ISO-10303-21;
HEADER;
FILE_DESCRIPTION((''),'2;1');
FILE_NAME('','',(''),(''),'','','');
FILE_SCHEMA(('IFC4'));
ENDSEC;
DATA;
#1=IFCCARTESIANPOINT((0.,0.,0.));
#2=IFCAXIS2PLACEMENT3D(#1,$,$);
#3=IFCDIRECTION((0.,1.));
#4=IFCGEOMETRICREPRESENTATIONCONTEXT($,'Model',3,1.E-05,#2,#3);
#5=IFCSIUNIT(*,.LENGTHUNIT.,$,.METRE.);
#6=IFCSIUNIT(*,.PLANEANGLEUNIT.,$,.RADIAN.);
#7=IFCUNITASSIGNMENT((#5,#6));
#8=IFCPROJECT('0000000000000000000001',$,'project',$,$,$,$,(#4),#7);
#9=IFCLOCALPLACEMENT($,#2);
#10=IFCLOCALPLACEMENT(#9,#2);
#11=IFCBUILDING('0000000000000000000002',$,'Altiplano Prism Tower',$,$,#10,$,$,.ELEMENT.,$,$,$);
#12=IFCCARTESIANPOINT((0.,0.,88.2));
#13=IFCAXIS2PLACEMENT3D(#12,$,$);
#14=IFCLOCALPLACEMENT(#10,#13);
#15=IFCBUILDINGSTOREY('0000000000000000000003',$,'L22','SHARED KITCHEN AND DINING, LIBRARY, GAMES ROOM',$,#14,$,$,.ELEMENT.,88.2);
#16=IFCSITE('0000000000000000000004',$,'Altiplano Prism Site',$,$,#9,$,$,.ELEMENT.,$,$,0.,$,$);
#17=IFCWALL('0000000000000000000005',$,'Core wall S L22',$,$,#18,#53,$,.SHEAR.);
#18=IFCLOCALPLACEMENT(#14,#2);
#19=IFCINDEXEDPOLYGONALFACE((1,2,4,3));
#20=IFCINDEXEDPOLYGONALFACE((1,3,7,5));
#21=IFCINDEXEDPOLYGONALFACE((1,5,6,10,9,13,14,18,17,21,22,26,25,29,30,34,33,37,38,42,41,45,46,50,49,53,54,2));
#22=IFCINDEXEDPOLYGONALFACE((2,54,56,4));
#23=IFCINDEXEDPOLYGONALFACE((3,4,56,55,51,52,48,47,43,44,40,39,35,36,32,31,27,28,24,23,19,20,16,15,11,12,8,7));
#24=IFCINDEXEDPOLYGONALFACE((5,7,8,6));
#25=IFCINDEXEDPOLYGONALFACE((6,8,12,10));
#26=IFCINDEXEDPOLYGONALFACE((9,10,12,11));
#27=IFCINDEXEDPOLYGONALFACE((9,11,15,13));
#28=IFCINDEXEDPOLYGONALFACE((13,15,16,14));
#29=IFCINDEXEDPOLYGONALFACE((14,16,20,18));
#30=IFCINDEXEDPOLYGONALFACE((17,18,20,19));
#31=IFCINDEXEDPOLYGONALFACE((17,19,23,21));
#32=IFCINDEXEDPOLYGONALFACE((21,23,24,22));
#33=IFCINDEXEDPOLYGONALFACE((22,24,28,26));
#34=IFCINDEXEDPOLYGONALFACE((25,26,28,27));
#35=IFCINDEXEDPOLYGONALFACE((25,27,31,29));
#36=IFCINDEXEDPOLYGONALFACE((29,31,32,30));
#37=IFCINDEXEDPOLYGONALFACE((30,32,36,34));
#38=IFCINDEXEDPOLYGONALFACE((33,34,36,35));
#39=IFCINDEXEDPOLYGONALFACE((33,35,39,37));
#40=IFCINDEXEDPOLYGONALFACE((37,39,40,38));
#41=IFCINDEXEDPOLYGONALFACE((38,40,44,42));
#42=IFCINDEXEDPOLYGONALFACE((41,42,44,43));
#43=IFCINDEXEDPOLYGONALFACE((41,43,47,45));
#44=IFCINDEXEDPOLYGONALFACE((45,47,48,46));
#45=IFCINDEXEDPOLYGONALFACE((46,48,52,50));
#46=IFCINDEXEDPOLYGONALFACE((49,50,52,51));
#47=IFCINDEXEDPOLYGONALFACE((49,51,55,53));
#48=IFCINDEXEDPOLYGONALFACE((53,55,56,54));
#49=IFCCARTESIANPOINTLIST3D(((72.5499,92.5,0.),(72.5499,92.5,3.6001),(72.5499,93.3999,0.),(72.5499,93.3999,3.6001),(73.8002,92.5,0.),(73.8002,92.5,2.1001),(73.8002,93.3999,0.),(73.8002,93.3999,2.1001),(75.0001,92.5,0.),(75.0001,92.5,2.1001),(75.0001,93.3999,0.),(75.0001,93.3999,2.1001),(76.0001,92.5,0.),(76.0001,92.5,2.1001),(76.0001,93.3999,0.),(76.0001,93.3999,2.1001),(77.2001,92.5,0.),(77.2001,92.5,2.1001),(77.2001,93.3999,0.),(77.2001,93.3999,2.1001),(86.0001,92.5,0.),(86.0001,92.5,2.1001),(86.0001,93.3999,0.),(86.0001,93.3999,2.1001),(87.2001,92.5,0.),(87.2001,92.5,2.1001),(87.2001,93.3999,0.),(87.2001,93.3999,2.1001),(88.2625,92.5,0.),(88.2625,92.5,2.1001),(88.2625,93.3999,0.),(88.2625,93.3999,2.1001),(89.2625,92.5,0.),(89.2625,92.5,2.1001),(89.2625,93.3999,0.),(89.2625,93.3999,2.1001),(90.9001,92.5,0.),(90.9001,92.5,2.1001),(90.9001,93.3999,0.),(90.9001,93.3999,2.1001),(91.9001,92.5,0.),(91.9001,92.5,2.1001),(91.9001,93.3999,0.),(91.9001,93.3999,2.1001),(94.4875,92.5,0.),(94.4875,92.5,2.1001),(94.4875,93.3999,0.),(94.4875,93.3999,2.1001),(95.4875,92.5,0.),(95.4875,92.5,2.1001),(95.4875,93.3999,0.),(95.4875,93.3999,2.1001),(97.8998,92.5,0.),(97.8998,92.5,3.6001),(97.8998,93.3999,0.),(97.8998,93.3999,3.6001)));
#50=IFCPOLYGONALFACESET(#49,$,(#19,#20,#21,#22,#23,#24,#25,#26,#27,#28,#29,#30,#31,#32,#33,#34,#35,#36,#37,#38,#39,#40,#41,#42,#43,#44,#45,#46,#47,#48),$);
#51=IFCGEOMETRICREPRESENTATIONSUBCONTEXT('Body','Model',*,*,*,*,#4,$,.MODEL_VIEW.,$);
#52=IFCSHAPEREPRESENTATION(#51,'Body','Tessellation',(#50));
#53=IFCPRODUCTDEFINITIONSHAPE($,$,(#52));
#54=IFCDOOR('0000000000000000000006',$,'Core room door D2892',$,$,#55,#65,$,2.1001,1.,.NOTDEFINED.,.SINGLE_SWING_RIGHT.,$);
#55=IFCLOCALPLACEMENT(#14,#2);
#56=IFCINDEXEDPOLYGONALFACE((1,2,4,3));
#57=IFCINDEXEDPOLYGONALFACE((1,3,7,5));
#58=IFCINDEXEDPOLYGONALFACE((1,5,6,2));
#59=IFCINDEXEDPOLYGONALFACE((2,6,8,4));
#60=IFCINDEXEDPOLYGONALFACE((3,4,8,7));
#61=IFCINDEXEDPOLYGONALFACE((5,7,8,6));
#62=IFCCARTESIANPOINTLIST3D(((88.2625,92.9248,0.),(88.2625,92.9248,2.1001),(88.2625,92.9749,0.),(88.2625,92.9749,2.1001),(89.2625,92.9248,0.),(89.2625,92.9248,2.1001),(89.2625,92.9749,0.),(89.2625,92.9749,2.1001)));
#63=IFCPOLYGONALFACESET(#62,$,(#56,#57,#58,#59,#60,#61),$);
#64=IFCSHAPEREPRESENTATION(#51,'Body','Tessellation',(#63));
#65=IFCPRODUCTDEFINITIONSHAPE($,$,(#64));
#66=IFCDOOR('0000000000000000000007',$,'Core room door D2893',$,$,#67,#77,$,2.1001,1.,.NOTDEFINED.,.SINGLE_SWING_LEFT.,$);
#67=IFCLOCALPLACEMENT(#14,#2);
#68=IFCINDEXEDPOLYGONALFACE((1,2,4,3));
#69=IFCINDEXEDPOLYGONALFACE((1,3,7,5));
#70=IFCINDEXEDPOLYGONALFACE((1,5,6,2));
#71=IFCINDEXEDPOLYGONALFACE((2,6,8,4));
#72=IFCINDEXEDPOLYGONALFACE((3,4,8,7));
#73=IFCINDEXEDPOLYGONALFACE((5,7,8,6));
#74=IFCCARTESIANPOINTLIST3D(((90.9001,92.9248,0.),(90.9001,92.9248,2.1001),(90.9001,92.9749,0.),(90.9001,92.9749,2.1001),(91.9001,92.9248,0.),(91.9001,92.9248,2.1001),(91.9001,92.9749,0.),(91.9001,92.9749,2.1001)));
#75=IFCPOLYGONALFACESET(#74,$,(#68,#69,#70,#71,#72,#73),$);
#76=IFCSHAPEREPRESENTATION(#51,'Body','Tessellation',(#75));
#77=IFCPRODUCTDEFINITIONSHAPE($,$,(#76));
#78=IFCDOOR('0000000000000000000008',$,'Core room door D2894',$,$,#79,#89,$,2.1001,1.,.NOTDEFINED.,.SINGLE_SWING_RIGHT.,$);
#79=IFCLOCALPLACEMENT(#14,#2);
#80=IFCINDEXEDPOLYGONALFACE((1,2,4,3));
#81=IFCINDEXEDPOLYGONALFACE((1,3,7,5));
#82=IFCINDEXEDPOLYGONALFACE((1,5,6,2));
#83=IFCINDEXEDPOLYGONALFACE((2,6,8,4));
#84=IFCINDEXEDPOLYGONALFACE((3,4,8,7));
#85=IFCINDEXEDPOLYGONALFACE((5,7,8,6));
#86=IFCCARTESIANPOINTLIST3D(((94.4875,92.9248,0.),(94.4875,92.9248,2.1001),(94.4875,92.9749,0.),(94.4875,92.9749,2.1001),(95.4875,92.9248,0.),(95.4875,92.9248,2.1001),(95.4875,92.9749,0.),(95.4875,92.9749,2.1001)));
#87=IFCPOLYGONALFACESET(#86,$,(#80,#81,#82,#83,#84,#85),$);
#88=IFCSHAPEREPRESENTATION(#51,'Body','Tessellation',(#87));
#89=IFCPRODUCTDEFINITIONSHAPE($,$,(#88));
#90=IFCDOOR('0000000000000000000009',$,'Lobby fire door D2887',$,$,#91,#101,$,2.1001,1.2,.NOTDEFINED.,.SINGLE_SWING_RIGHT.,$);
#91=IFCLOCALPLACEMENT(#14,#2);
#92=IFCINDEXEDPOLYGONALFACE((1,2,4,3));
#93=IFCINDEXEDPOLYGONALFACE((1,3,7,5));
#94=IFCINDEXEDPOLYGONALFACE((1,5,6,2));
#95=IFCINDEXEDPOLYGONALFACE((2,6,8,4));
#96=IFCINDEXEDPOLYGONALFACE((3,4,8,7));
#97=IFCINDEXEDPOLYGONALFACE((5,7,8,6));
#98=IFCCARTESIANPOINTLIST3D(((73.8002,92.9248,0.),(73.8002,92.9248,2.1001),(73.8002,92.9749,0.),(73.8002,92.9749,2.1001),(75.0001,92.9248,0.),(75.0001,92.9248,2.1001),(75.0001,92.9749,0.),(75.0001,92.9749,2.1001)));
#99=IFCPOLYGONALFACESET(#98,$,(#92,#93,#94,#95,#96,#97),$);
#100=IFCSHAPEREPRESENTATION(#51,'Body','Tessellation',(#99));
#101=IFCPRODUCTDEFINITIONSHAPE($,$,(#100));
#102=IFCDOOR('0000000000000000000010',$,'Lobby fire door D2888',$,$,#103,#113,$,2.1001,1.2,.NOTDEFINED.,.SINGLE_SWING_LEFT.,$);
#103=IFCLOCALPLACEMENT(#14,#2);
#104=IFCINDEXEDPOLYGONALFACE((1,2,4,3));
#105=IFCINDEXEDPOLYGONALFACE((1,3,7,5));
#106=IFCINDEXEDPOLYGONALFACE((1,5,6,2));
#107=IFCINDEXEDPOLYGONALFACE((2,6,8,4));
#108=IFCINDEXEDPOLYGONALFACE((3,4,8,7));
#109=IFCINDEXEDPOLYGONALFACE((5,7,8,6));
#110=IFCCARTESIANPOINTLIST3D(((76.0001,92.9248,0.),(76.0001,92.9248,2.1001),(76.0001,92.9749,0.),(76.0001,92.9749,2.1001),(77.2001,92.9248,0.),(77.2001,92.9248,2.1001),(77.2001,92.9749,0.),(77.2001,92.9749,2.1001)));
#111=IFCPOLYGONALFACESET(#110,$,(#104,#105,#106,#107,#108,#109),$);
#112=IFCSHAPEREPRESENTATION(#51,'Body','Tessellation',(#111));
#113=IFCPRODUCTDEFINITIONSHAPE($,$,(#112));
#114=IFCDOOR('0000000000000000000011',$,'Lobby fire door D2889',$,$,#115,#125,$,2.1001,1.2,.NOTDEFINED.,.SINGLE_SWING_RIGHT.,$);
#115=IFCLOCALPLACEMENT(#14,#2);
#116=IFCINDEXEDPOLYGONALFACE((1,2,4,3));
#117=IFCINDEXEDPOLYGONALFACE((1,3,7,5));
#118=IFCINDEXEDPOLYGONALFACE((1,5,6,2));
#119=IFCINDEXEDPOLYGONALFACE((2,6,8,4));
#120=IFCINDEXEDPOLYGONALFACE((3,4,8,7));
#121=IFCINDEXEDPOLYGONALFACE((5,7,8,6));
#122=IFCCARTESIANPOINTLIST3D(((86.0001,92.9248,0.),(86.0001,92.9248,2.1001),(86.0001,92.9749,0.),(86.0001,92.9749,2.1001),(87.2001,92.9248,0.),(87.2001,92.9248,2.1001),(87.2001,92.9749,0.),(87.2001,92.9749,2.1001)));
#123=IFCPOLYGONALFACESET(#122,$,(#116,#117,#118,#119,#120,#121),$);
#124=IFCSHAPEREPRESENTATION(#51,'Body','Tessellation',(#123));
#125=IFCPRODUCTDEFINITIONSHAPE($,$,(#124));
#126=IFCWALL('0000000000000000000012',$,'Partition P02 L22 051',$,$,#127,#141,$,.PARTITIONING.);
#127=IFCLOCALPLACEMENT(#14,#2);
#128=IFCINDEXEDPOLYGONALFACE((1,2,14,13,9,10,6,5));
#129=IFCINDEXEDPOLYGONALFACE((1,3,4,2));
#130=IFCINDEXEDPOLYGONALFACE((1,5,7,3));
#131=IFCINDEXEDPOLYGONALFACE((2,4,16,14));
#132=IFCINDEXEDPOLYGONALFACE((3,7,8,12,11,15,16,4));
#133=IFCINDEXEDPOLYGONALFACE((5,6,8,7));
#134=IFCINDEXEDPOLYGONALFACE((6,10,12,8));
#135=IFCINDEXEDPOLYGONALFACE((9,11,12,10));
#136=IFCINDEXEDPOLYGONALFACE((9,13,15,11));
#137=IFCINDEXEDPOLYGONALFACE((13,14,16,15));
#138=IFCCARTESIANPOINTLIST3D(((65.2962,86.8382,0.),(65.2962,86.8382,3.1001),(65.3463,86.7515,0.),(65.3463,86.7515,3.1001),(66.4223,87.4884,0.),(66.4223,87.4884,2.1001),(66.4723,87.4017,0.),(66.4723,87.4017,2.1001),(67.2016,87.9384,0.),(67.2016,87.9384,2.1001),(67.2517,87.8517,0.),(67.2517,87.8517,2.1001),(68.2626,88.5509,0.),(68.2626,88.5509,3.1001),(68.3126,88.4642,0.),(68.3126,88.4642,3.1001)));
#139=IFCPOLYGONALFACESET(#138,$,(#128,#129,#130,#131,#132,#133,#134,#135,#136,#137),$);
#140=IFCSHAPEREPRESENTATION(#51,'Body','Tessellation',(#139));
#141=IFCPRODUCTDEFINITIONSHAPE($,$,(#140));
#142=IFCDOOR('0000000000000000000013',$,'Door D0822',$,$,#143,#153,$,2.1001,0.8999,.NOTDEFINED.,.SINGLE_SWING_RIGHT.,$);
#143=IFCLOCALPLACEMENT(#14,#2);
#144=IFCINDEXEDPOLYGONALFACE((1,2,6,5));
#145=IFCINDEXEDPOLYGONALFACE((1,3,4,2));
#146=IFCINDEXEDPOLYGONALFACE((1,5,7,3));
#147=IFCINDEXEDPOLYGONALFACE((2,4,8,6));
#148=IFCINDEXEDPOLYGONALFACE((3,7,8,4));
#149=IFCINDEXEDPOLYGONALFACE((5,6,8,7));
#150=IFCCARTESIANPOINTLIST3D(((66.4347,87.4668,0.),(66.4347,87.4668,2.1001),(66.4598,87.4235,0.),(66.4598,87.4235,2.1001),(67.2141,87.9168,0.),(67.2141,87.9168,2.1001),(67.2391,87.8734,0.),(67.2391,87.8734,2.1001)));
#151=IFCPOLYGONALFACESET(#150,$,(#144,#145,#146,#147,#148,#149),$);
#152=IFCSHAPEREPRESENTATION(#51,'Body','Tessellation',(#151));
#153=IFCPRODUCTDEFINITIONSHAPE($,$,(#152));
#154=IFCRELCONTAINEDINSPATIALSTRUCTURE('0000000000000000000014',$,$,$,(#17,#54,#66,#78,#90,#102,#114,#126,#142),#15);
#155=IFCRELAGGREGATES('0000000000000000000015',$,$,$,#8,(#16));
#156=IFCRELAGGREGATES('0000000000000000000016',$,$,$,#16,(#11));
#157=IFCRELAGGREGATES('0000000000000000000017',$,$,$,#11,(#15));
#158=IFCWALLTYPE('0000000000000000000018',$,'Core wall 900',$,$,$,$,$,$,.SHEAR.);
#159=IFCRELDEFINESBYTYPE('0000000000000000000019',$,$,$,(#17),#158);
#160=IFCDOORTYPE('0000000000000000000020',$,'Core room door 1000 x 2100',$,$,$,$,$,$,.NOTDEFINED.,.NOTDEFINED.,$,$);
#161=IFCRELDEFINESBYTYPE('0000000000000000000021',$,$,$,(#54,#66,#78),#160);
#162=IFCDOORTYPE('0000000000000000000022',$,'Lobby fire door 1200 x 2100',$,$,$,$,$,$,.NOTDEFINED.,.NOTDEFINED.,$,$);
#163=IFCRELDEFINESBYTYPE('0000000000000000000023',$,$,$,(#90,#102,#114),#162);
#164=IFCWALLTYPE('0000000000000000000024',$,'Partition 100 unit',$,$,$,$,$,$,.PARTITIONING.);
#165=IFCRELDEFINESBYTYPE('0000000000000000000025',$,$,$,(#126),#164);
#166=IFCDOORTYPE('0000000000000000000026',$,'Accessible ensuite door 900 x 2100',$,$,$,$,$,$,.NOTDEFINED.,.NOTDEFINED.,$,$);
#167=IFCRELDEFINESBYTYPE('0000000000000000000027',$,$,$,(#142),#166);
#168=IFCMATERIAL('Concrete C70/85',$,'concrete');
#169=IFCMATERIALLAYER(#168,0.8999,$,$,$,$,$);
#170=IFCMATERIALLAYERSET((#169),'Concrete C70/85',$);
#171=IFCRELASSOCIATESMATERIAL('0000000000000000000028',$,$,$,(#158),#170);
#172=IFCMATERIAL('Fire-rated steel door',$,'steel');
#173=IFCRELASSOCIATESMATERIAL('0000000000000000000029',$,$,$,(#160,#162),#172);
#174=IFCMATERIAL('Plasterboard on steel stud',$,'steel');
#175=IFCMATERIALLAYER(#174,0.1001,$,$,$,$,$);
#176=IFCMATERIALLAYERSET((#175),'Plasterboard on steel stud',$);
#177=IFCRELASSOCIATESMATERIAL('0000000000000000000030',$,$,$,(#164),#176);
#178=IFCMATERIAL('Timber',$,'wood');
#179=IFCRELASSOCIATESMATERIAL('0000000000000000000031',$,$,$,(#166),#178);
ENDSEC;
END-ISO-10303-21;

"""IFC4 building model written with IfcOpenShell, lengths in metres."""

from ifc_helpers import new_model, si_unit, direction, frame, frame_2d, origin, place, context, subcontext, project, spatial, rectangle, extrude, material, layer, layer_set, type_object, element, fill, save


model = new_model("IFC4")

# Units and contexts
model_context = context("Model", 3, precision=1e-05, world=origin(), true_north=direction((0.0, 1.0)))
body_context = subcontext(model_context, "Body", "Model", "MODEL_VIEW")
ifc_project = project(units=[si_unit("LENGTHUNIT", "METRE"), si_unit("PLANEANGLEUNIT", "RADIAN")], contexts=[model_context])

# Site, building, storey
site_placement = place(None, origin())
site = spatial("IfcSite", under=ifc_project, at=site_placement, Name="Altiplano Prism Site", CompositionType="ELEMENT", RefElevation=0.0)
building_placement = place(site_placement, origin())
building = spatial("IfcBuilding", under=site, at=building_placement, Name="Altiplano Prism Tower", CompositionType="ELEMENT")
storey_placement = place(building_placement, frame((0.0, 0.0, 88.2)))
storey = spatial("IfcBuildingStorey", under=building, at=storey_placement, Name="L22", Description="SHARED KITCHEN AND DINING, LIBRARY, GAMES ROOM", CompositionType="ELEMENT", Elevation=88.2)

# Wall, openings, doors
ifc_material_1 = material(Name="Concrete C70/85", Category="concrete")
ifc_layer_1 = layer(ifc_material_1, 0.8999)
ifc_layer_set_1 = layer_set([ifc_layer_1], Name="Concrete C70/85")
wall_type_1 = type_object("IfcWallType", Name="Core wall 900", PredefinedType="SHEAR", material=ifc_layer_set_1)
wall_1_placement = place(storey_placement, frame((72.55, 92.95, 0.0), z_axis=(0.0, 0.0, 1.0), x_axis=(1.0, 0.0, 0.0)))
wall_1 = element("IfcWall", 1, at=wall_1_placement, inside=storey, type_object=wall_type_1, Name="Core wall S L22", PredefinedType="SHEAR", context=body_context, shape_type="SweptSolid", body=[
    extrude(rectangle(XDim=25.3499, YDim=0.8999, at=frame_2d((12.6748, 0.0))), origin(), (0.0, 0.0, 1.0), 3.6001),
])
opening_1_placement = place(wall_1_placement, frame((1.25, 0.0, 0.0)))
opening_1 = element("IfcOpeningElement", 2, at=opening_1_placement, cuts=wall_1, PredefinedType="OPENING", context=body_context, shape_type="SweptSolid", body=[
    extrude(rectangle(XDim=1.2, YDim=2.1001, at=frame_2d((0.6001, 1.05))), frame((0.0, 0.4604, 0.0), z_axis=(0.0, -1.0, 0.0), x_axis=(1.0, 0.0, 0.0)), (0.0, 0.0, 1.0), 0.9209),
])
opening_2_placement = place(wall_1_placement, frame((3.45, 0.0, 0.0)))
opening_2 = element("IfcOpeningElement", 3, at=opening_2_placement, cuts=wall_1, PredefinedType="OPENING", context=body_context, shape_type="SweptSolid", body=[
    extrude(rectangle(XDim=1.2, YDim=2.1001, at=frame_2d((0.6001, 1.05))), frame((0.0, 0.4604, 0.0), z_axis=(0.0, -1.0, 0.0), x_axis=(1.0, 0.0, 0.0)), (0.0, 0.0, 1.0), 0.9209),
])
opening_3_placement = place(wall_1_placement, frame((13.45, 0.0, 0.0)))
opening_3 = element("IfcOpeningElement", 4, at=opening_3_placement, cuts=wall_1, PredefinedType="OPENING", context=body_context, shape_type="SweptSolid", body=[
    extrude(rectangle(XDim=1.2, YDim=2.1001, at=frame_2d((0.6001, 1.05))), frame((0.0, 0.4604, 0.0), z_axis=(0.0, -1.0, 0.0), x_axis=(1.0, 0.0, 0.0)), (0.0, 0.0, 1.0), 0.9209),
])
opening_4_placement = place(wall_1_placement, frame((15.7124, 0.0, 0.0)))
opening_4 = element("IfcOpeningElement", 5, at=opening_4_placement, cuts=wall_1, PredefinedType="OPENING", context=body_context, shape_type="SweptSolid", body=[
    extrude(rectangle(XDim=1.0, YDim=2.1001, at=frame_2d((0.5, 1.05))), frame((0.0, 0.4604, 0.0), z_axis=(0.0, -1.0, 0.0), x_axis=(1.0, 0.0, 0.0)), (0.0, 0.0, 1.0), 0.9209),
])
opening_5_placement = place(wall_1_placement, frame((18.3501, 0.0, 0.0)))
opening_5 = element("IfcOpeningElement", 6, at=opening_5_placement, cuts=wall_1, PredefinedType="OPENING", context=body_context, shape_type="SweptSolid", body=[
    extrude(rectangle(XDim=1.0, YDim=2.1001, at=frame_2d((0.5, 1.05))), frame((0.0, 0.4604, 0.0), z_axis=(0.0, -1.0, 0.0), x_axis=(1.0, 0.0, 0.0)), (0.0, 0.0, 1.0), 0.9209),
])
opening_6_placement = place(wall_1_placement, frame((21.9375, 0.0, 0.0)))
opening_6 = element("IfcOpeningElement", 7, at=opening_6_placement, cuts=wall_1, PredefinedType="OPENING", context=body_context, shape_type="SweptSolid", body=[
    extrude(rectangle(XDim=1.0, YDim=2.1001, at=frame_2d((0.5, 1.05))), frame((0.0, 0.4604, 0.0), z_axis=(0.0, -1.0, 0.0), x_axis=(1.0, 0.0, 0.0)), (0.0, 0.0, 1.0), 0.9209),
])
ifc_material_2 = material(Name="Fire-rated steel door", Category="steel")
door_type_1 = type_object("IfcDoorType", Name="Core room door 1000 x 2100", OperationType="NOTDEFINED", PredefinedType="NOTDEFINED", material=ifc_material_2)
door_1_placement = place(opening_4_placement, origin())
door_1 = element("IfcDoor", 8, at=door_1_placement, inside=storey, type_object=door_type_1, Name="Core room door D2892", OperationType="SINGLE_SWING_RIGHT", OverallHeight=2.1001, OverallWidth=1.0, PredefinedType="NOTDEFINED", context=body_context, shape_type="SweptSolid", body=[
    extrude(rectangle(XDim=1.0, YDim=2.1001, at=frame_2d((0.5, 1.05))), frame((0.0, 0.0249, 0.0), z_axis=(0.0, -1.0, 0.0), x_axis=(1.0, 0.0, 0.0)), (0.0, 0.0, 1.0), 0.05),
])
fill(opening_4, door_1)
door_2_placement = place(opening_5_placement, origin())
door_2 = element("IfcDoor", 9, at=door_2_placement, inside=storey, type_object=door_type_1, Name="Core room door D2893", OperationType="SINGLE_SWING_LEFT", OverallHeight=2.1001, OverallWidth=1.0, PredefinedType="NOTDEFINED", context=body_context, shape_type="SweptSolid", body=[
    extrude(rectangle(XDim=1.0, YDim=2.1001, at=frame_2d((0.5, 1.05))), frame((0.0, 0.0249, 0.0), z_axis=(0.0, -1.0, 0.0), x_axis=(1.0, 0.0, 0.0)), (0.0, 0.0, 1.0), 0.05),
])
fill(opening_5, door_2)
door_3_placement = place(opening_6_placement, origin())
door_3 = element("IfcDoor", 10, at=door_3_placement, inside=storey, type_object=door_type_1, Name="Core room door D2894", OperationType="SINGLE_SWING_RIGHT", OverallHeight=2.1001, OverallWidth=1.0, PredefinedType="NOTDEFINED", context=body_context, shape_type="SweptSolid", body=[
    extrude(rectangle(XDim=1.0, YDim=2.1001, at=frame_2d((0.5, 1.05))), frame((0.0, 0.0249, 0.0), z_axis=(0.0, -1.0, 0.0), x_axis=(1.0, 0.0, 0.0)), (0.0, 0.0, 1.0), 0.05),
])
fill(opening_6, door_3)
door_type_2 = type_object("IfcDoorType", Name="Lobby fire door 1200 x 2100", OperationType="NOTDEFINED", PredefinedType="NOTDEFINED", material=ifc_material_2)
door_4_placement = place(opening_1_placement, origin())
door_4 = element("IfcDoor", 11, at=door_4_placement, inside=storey, type_object=door_type_2, Name="Lobby fire door D2887", OperationType="SINGLE_SWING_RIGHT", OverallHeight=2.1001, OverallWidth=1.2, PredefinedType="NOTDEFINED", context=body_context, shape_type="SweptSolid", body=[
    extrude(rectangle(XDim=1.2, YDim=2.1001, at=frame_2d((0.6001, 1.05))), frame((0.0, 0.0249, 0.0), z_axis=(0.0, -1.0, 0.0), x_axis=(1.0, 0.0, 0.0)), (0.0, 0.0, 1.0), 0.05),
])
fill(opening_1, door_4)
door_5_placement = place(opening_2_placement, origin())
door_5 = element("IfcDoor", 12, at=door_5_placement, inside=storey, type_object=door_type_2, Name="Lobby fire door D2888", OperationType="SINGLE_SWING_LEFT", OverallHeight=2.1001, OverallWidth=1.2, PredefinedType="NOTDEFINED", context=body_context, shape_type="SweptSolid", body=[
    extrude(rectangle(XDim=1.2, YDim=2.1001, at=frame_2d((0.6001, 1.05))), frame((0.0, 0.0249, 0.0), z_axis=(0.0, -1.0, 0.0), x_axis=(1.0, 0.0, 0.0)), (0.0, 0.0, 1.0), 0.05),
])
fill(opening_2, door_5)
door_6_placement = place(opening_3_placement, origin())
door_6 = element("IfcDoor", 13, at=door_6_placement, inside=storey, type_object=door_type_2, Name="Lobby fire door D2889", OperationType="SINGLE_SWING_RIGHT", OverallHeight=2.1001, OverallWidth=1.2, PredefinedType="NOTDEFINED", context=body_context, shape_type="SweptSolid", body=[
    extrude(rectangle(XDim=1.2, YDim=2.1001, at=frame_2d((0.6001, 1.05))), frame((0.0, 0.0249, 0.0), z_axis=(0.0, -1.0, 0.0), x_axis=(1.0, 0.0, 0.0)), (0.0, 0.0, 1.0), 0.05),
])
fill(opening_3, door_6)

# Wall, opening, door
ifc_material_3 = material(Name="Plasterboard on steel stud", Category="steel")
ifc_layer_2 = layer(ifc_material_3, 0.1001)
ifc_layer_set_2 = layer_set([ifc_layer_2], Name="Plasterboard on steel stud")
wall_type_2 = type_object("IfcWallType", Name="Partition 100 unit", PredefinedType="PARTITIONING", material=ifc_layer_set_2)
wall_2_placement = place(storey_placement, frame((68.2876, 88.5076, 0.0), z_axis=(0.0, 0.0, 1.0), x_axis=(-0.866019, -0.50001, 0.0)))
wall_2 = element("IfcWall", 14, at=wall_2_placement, inside=storey, type_object=wall_type_2, Name="Partition P02 L22 051", PredefinedType="PARTITIONING", context=body_context, shape_type="SweptSolid", body=[
    extrude(rectangle(XDim=3.4253, YDim=0.1001, at=frame_2d((1.7126, 0.0))), origin(), (0.0, 0.0, 1.0), 3.1001),
])
opening_7_placement = place(wall_2_placement, frame((1.2251, 0.0, 0.0)))
opening_7 = element("IfcOpeningElement", 15, at=opening_7_placement, cuts=wall_2, PredefinedType="OPENING", context=body_context, shape_type="SweptSolid", body=[
    extrude(rectangle(XDim=0.8999, YDim=2.1001, at=frame_2d((0.45, 1.05))), frame((0.0, 0.0605, 0.0), z_axis=(0.0, -1.0, 0.0), x_axis=(1.0, 0.0, 0.0)), (0.0, 0.0, 1.0), 0.1211),
])
ifc_material_4 = material(Name="Timber", Category="wood")
door_type_3 = type_object("IfcDoorType", Name="Accessible ensuite door 900 x 2100", OperationType="NOTDEFINED", PredefinedType="NOTDEFINED", material=ifc_material_4)
door_7_placement = place(opening_7_placement, origin())
door_7 = element("IfcDoor", 16, at=door_7_placement, inside=storey, type_object=door_type_3, Name="Door D0822", OperationType="SINGLE_SWING_RIGHT", OverallHeight=2.1001, OverallWidth=0.8999, PredefinedType="NOTDEFINED", context=body_context, shape_type="SweptSolid", body=[
    extrude(rectangle(XDim=0.8999, YDim=2.1001, at=frame_2d((0.45, 1.05))), frame((0.0, 0.0249, 0.0), z_axis=(0.0, -1.0, 0.0), x_axis=(1.0, 0.0, 0.0)), (0.0, 0.0, 1.0), 0.05),
])
fill(opening_7, door_7)

save(model, "model.ifc")
